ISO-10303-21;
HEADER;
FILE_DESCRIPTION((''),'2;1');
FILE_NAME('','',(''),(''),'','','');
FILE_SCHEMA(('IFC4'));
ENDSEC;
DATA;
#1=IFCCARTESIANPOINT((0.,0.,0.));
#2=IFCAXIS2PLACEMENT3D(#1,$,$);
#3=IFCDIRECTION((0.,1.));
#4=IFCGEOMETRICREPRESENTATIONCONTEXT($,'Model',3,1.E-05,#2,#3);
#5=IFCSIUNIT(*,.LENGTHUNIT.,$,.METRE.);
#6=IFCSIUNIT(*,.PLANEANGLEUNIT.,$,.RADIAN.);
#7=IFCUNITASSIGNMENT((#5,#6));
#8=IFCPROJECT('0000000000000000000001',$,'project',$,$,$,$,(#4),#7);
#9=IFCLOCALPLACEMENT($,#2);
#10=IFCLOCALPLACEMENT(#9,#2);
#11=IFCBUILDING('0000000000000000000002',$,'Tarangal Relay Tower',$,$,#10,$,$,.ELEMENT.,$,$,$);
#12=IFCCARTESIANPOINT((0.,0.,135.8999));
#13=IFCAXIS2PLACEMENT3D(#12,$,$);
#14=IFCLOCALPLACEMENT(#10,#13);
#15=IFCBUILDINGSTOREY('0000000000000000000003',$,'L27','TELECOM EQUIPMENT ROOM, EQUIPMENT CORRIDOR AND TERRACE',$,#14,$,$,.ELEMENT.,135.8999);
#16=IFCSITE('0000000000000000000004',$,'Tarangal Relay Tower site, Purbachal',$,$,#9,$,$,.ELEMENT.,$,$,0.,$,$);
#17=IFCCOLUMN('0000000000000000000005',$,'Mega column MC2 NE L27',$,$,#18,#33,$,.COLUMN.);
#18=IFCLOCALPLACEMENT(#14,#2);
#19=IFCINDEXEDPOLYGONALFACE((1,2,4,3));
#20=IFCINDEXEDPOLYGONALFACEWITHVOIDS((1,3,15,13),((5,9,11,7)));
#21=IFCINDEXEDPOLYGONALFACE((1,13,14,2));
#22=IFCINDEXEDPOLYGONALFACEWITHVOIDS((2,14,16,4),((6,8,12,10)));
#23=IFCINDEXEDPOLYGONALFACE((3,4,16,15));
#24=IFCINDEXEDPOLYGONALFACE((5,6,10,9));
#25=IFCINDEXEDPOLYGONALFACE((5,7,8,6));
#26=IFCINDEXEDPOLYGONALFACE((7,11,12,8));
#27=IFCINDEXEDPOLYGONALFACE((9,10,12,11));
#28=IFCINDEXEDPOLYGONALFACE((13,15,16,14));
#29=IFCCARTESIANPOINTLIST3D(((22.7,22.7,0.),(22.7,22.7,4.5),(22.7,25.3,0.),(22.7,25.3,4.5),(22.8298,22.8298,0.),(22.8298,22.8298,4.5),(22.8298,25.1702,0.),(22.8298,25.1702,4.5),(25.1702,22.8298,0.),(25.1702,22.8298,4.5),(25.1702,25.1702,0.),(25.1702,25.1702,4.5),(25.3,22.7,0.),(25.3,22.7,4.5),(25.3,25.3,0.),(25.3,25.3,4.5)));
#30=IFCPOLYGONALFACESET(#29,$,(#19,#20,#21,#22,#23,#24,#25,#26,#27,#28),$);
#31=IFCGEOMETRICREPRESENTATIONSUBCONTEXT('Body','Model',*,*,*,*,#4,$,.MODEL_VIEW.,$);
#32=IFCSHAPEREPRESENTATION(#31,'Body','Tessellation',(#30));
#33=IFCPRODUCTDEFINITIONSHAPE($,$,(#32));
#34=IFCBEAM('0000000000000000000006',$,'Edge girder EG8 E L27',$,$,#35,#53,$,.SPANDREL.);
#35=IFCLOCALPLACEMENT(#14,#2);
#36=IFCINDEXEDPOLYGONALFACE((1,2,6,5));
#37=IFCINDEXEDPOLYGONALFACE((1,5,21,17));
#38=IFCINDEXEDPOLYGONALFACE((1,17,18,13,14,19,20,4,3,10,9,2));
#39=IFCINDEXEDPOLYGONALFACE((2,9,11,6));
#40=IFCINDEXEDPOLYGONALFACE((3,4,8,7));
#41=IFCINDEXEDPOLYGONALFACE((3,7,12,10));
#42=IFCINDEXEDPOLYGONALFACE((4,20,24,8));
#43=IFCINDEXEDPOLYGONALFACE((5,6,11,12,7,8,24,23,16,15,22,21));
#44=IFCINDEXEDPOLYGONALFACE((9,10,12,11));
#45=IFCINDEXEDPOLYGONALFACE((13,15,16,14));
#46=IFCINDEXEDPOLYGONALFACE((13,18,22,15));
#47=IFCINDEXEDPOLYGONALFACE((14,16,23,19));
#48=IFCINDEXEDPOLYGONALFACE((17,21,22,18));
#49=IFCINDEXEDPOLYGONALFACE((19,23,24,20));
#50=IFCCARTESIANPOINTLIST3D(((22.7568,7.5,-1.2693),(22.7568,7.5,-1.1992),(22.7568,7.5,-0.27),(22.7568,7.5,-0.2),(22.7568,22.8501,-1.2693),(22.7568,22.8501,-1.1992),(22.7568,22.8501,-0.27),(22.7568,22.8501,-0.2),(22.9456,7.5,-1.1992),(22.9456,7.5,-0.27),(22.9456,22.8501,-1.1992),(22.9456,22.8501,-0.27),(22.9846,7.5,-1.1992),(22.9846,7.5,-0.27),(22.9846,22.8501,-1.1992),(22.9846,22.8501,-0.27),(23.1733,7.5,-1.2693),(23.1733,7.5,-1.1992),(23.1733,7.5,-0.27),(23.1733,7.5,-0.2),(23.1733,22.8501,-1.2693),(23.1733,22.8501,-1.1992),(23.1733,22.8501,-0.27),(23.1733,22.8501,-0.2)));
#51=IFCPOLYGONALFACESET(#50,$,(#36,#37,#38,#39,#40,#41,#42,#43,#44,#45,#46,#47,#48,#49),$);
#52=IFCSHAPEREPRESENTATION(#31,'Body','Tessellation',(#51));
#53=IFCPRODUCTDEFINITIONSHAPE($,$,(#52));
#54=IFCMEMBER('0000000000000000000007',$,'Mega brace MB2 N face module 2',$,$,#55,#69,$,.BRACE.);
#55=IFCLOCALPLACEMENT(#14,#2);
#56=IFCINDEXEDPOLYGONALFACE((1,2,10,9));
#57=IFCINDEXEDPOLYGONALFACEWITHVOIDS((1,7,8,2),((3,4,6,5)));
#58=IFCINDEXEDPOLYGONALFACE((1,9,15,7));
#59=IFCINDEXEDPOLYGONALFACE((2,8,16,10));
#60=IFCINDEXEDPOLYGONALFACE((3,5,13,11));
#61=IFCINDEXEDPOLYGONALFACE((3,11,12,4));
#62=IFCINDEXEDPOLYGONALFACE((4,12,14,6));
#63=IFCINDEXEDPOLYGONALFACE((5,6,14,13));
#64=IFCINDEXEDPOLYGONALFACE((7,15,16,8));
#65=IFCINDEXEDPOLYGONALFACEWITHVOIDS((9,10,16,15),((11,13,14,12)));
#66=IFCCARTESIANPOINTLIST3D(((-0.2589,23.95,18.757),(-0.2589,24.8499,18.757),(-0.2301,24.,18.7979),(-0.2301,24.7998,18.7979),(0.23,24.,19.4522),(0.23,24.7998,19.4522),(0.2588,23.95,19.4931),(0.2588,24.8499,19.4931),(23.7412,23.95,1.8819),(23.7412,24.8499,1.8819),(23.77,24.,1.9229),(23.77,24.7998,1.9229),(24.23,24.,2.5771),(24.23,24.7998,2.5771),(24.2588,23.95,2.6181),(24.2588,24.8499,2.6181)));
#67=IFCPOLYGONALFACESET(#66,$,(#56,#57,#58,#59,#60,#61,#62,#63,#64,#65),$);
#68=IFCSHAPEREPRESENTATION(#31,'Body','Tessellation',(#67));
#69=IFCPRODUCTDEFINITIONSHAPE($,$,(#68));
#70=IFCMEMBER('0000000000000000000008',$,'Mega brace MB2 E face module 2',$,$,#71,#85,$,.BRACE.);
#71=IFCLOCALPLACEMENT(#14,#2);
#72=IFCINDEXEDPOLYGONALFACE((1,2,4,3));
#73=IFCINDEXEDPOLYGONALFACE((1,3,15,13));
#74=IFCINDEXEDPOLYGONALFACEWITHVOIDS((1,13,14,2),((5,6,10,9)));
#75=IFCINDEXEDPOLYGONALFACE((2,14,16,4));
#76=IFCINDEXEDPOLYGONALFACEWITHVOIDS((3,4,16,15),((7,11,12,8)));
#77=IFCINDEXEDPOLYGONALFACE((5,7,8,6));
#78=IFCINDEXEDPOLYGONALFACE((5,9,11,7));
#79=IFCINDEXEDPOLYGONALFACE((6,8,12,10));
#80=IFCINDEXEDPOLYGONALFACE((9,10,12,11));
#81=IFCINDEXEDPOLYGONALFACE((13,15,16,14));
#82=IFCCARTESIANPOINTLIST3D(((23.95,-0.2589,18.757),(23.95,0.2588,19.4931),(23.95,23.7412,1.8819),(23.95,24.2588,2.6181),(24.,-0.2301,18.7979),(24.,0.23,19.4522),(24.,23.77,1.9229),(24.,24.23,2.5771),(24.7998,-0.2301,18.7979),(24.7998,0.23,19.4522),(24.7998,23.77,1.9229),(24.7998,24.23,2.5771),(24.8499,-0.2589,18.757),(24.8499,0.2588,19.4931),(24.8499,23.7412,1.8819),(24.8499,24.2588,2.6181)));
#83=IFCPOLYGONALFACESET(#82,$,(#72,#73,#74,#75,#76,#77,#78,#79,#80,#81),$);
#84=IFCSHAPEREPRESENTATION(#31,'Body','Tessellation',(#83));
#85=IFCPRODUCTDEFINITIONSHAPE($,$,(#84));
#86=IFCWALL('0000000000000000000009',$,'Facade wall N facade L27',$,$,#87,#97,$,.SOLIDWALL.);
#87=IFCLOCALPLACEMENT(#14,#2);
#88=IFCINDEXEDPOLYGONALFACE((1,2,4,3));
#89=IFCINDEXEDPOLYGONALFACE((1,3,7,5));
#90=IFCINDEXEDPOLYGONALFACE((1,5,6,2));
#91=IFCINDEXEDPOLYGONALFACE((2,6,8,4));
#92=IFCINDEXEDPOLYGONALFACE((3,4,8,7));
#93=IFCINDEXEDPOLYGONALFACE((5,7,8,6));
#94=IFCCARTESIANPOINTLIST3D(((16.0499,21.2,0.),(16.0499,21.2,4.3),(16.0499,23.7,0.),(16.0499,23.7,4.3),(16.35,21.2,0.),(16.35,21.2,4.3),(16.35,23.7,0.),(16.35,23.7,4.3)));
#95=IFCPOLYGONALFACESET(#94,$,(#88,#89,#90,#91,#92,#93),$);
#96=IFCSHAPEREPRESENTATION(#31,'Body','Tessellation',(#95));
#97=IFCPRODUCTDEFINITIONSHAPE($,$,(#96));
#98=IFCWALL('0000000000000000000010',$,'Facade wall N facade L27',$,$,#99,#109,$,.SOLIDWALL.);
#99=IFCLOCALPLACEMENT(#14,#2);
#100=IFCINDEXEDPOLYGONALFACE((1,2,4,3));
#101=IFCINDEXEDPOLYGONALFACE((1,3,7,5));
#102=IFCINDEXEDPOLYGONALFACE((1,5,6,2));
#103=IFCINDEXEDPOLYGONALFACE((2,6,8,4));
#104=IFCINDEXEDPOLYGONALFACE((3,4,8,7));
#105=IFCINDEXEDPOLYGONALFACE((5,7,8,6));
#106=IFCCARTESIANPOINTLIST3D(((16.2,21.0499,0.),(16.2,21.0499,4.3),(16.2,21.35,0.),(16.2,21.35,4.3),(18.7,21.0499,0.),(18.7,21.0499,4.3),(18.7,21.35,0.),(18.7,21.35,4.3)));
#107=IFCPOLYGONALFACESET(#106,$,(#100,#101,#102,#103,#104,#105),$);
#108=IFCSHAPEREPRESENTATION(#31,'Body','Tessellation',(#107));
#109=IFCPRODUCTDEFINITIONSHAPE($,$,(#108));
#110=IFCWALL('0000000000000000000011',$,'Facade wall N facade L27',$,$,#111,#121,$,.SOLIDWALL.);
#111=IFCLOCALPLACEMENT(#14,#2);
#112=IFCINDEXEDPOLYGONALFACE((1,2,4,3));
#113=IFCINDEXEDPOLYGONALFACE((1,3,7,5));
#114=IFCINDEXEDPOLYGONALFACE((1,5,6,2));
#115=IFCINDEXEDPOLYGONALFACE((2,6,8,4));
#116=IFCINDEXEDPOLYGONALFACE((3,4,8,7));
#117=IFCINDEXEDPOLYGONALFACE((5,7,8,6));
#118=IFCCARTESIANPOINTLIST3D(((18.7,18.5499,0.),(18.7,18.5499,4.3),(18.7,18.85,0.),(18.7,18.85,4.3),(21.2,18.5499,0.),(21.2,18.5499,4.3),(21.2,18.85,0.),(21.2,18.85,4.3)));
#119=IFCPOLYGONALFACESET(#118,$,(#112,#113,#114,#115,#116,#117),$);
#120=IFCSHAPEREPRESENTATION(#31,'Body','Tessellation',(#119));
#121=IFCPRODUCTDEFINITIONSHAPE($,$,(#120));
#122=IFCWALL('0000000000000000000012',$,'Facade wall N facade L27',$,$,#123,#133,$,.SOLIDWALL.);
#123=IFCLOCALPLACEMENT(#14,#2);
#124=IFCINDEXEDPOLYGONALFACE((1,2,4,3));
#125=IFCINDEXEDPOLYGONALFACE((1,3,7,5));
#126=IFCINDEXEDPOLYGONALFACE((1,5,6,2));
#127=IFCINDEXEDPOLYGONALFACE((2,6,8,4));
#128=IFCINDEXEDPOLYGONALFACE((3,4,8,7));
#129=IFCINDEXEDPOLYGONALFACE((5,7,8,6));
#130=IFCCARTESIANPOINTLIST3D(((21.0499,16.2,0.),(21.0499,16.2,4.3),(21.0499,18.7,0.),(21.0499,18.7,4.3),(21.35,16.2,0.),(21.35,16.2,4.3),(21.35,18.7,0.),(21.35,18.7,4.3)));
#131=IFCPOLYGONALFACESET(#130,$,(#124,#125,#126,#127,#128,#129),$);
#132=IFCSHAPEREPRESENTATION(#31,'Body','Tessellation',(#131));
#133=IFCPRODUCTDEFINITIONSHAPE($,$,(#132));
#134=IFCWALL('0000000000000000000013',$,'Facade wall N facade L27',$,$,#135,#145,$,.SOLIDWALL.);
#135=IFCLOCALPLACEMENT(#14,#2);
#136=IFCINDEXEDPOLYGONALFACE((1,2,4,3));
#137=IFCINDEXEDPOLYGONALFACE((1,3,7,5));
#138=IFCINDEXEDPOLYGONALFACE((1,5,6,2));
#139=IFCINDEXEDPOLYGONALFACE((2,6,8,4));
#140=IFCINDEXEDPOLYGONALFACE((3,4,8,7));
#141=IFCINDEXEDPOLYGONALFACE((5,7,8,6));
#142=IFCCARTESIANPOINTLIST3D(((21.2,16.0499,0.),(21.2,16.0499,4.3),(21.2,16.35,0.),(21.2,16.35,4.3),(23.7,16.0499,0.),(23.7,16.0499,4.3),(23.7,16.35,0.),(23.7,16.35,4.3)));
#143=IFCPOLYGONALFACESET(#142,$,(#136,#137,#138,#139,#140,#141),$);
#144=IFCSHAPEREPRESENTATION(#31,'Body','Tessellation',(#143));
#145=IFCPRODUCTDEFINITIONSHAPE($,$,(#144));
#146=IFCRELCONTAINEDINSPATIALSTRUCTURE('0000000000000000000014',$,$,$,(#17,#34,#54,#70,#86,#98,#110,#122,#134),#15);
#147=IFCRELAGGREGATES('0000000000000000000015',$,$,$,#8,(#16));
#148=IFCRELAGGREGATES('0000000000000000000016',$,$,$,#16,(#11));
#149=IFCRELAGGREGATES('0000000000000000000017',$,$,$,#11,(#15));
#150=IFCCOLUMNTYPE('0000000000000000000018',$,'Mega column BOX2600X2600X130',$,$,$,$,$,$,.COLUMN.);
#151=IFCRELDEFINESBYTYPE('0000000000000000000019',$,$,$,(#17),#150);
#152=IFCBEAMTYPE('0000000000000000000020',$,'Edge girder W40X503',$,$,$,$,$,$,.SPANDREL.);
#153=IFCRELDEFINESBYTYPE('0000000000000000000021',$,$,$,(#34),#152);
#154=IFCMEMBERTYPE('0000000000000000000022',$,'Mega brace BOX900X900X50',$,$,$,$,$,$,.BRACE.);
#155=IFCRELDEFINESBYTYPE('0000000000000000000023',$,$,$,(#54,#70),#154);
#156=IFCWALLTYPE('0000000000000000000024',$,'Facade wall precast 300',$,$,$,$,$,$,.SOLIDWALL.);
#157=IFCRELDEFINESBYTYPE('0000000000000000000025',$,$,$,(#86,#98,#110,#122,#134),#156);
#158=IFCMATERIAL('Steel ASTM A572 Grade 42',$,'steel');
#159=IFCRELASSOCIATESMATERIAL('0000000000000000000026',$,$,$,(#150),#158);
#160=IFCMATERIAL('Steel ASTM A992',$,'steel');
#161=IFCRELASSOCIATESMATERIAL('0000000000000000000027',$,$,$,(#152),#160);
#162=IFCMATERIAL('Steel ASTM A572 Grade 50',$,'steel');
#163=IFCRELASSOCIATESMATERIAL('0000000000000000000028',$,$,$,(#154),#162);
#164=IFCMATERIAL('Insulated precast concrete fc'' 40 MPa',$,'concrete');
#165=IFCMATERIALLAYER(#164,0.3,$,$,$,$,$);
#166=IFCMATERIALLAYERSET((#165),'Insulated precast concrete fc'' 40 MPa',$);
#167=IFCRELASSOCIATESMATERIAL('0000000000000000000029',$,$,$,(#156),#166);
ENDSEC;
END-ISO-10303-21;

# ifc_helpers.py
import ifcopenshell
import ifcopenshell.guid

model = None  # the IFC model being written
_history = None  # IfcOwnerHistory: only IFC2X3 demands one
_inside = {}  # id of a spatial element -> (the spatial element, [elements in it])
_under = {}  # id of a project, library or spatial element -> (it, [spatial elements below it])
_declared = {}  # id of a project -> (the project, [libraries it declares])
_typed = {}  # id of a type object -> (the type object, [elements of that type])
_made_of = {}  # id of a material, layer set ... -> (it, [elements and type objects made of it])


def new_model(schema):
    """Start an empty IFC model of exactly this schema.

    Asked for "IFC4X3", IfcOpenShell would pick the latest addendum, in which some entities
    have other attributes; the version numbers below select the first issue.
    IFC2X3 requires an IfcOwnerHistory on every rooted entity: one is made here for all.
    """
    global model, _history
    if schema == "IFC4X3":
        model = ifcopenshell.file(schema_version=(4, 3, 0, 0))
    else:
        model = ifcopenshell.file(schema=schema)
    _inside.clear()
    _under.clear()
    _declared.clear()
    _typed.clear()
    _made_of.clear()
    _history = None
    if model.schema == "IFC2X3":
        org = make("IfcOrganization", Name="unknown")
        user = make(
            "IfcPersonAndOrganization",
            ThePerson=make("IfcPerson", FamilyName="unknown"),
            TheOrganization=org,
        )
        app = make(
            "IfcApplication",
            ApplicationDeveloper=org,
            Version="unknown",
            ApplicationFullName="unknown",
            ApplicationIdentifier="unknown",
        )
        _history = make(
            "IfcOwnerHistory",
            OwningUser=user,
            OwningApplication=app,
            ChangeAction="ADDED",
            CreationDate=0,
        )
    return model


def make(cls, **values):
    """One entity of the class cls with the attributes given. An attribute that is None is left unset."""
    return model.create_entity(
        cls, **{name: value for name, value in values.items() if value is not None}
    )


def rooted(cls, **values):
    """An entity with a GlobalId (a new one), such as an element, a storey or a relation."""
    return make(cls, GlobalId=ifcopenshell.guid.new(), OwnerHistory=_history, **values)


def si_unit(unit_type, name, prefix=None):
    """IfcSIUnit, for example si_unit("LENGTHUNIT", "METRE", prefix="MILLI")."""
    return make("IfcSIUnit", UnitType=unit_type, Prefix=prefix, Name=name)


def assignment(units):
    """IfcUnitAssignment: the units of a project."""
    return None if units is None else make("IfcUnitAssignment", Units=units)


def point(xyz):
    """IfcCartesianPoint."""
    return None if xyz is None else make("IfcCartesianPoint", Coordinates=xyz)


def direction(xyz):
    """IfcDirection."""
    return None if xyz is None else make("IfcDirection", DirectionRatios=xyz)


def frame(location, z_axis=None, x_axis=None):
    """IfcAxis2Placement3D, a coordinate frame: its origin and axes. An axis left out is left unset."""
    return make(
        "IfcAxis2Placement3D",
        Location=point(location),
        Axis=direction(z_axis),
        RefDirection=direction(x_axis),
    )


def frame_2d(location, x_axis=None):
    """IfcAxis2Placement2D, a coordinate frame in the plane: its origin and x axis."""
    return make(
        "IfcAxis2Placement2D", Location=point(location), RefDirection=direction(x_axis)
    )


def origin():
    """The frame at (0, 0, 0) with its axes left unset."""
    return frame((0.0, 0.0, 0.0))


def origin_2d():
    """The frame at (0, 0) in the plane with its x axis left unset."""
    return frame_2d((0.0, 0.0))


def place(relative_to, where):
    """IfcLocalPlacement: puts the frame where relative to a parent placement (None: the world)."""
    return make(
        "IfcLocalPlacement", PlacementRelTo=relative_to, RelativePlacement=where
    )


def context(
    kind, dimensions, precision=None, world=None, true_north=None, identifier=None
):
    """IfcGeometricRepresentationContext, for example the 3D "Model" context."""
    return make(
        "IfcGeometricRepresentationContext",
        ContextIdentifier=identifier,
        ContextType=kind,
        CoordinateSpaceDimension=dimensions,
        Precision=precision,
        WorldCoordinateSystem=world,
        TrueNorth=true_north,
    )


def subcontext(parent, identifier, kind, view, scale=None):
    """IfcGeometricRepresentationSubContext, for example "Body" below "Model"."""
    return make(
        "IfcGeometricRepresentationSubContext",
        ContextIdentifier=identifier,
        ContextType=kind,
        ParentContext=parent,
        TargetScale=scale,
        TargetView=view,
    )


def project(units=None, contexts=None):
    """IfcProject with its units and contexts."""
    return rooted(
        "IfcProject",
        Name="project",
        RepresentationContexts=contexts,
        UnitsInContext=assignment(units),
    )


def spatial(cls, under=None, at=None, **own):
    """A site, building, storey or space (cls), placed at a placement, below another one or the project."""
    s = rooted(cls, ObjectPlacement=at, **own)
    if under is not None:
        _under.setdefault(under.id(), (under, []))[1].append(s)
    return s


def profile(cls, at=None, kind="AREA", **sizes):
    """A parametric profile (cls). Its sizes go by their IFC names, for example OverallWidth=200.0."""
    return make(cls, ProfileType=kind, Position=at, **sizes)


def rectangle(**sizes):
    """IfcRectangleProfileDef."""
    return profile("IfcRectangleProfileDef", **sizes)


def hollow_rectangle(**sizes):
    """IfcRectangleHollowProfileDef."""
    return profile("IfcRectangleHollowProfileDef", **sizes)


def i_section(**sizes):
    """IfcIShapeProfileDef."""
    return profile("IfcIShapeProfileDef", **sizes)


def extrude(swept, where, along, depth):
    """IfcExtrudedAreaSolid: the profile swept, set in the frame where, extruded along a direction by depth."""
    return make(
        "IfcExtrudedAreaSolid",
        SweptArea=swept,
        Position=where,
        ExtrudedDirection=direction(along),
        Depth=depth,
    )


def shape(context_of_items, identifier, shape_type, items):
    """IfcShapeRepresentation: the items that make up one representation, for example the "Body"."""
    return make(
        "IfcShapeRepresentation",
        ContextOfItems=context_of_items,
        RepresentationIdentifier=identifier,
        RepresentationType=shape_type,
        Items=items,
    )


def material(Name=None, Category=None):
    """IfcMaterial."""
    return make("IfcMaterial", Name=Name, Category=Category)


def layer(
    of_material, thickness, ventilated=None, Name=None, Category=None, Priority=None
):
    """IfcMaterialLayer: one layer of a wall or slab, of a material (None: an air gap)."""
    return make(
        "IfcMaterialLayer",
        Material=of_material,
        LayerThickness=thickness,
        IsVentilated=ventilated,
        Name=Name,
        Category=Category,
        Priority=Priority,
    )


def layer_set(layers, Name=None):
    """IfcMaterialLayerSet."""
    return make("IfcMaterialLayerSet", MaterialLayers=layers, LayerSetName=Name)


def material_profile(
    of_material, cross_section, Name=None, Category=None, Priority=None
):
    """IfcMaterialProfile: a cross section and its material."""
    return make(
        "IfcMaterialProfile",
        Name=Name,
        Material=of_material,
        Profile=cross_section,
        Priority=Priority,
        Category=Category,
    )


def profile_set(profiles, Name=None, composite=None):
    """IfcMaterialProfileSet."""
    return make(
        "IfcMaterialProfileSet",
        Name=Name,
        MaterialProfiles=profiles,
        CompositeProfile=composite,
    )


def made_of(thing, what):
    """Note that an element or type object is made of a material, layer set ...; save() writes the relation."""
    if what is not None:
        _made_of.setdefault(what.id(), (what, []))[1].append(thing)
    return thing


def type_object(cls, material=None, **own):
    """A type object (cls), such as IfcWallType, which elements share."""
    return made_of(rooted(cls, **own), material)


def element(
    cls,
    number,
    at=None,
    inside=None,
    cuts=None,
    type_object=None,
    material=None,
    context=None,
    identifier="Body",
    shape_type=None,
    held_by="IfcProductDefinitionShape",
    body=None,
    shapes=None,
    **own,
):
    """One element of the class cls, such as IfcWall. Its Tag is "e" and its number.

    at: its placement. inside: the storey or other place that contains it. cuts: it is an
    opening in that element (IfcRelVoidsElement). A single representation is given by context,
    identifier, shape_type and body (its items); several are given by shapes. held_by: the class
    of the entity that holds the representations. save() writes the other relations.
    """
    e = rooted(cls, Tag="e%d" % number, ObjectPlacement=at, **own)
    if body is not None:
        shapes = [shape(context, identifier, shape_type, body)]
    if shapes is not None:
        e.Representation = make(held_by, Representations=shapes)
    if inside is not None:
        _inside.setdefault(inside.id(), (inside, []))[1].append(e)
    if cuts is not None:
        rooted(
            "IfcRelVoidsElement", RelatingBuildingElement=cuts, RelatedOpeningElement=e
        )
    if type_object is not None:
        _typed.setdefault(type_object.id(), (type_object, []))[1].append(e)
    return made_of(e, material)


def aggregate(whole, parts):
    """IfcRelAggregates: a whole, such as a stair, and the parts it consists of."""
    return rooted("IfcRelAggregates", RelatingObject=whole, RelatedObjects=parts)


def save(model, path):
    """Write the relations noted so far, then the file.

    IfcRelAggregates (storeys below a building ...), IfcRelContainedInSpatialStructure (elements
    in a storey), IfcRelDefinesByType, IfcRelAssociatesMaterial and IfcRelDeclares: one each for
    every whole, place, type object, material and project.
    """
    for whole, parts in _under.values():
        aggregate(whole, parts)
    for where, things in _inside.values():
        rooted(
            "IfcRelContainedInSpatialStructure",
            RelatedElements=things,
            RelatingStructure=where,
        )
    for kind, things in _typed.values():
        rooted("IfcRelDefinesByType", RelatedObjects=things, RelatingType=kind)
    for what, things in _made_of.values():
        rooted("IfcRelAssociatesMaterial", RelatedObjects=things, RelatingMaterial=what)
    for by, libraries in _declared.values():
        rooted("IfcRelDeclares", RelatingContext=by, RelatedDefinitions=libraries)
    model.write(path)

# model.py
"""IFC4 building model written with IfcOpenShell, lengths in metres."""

from ifc_helpers import new_model, si_unit, direction, frame, frame_2d, origin, origin_2d, place, context, subcontext, project, spatial, rectangle, hollow_rectangle, i_section, extrude, material, layer, layer_set, material_profile, profile_set, type_object, element, save


model = new_model("IFC4")

# Units and contexts
model_context = context("Model", 3, precision=1e-05, world=origin(), true_north=direction((0.0, 1.0)))
body_context = subcontext(model_context, "Body", "Model", "MODEL_VIEW")
ifc_project = project(units=[si_unit("LENGTHUNIT", "METRE"), si_unit("PLANEANGLEUNIT", "RADIAN")], contexts=[model_context])

# Site, building, storey
site_placement = place(None, origin())
site = spatial("IfcSite", under=ifc_project, at=site_placement, Name="Tarangal Relay Tower site, Purbachal", CompositionType="ELEMENT", RefElevation=0.0)
building_placement = place(site_placement, origin())
building = spatial("IfcBuilding", under=site, at=building_placement, Name="Tarangal Relay Tower", CompositionType="ELEMENT")
storey_placement = place(building_placement, frame((0.0, 0.0, 135.8999)))
storey = spatial("IfcBuildingStorey", under=building, at=storey_placement, Name="L27", Description="TELECOM EQUIPMENT ROOM, EQUIPMENT CORRIDOR AND TERRACE", CompositionType="ELEMENT", Elevation=135.8999)

# Column
ifc_material_1 = material(Name="Steel ASTM A572 Grade 42", Category="steel")
ifc_material_profile_1 = material_profile(ifc_material_1, hollow_rectangle(XDim=2.6001, YDim=2.6001, WallThickness=0.1299, at=origin_2d()), Name="BOX2600X2600X130")
ifc_profile_set_1 = profile_set([ifc_material_profile_1], Name="Steel ASTM A572 Grade 42")
column_type = type_object("IfcColumnType", Name="Mega column BOX2600X2600X130", PredefinedType="COLUMN", material=ifc_profile_set_1)
column_placement = place(storey_placement, frame((24.0, 24.0, 0.0), z_axis=(0.0, 0.0, 1.0), x_axis=(1.0, 0.0, 0.0)))
element("IfcColumn", 1, at=column_placement, inside=storey, type_object=column_type, Name="Mega column MC2 NE L27", PredefinedType="COLUMN", context=body_context, shape_type="SweptSolid", body=[
    extrude(hollow_rectangle(XDim=2.6001, YDim=2.6001, WallThickness=0.1299, at=origin_2d()), origin(), (0.0, 0.0, 1.0), 4.5),
])

# Beam
ifc_material_2 = material(Name="Steel ASTM A992", Category="steel")
ifc_material_profile_2 = material_profile(ifc_material_2, i_section(OverallWidth=0.4165, OverallDepth=1.0693, WebThickness=0.0391, FlangeThickness=0.0701, at=origin_2d()), Name="W40X503")
ifc_profile_set_2 = profile_set([ifc_material_profile_2], Name="Steel ASTM A992")
beam_type = type_object("IfcBeamType", Name="Edge girder W40X503", PredefinedType="SPANDREL", material=ifc_profile_set_2)
beam_placement = place(storey_placement, frame((22.9651, 22.8501, -0.7346), z_axis=(0.0, -1.0, 0.0), x_axis=(1.0, 0.0, 0.0)))
element("IfcBeam", 2, at=beam_placement, inside=storey, type_object=beam_type, Name="Edge girder EG8 E L27", PredefinedType="SPANDREL", context=body_context, shape_type="SweptSolid", body=[
    extrude(i_section(OverallWidth=0.4165, OverallDepth=1.0693, WebThickness=0.0391, FlangeThickness=0.0701, at=origin_2d()), origin(), (0.0, 0.0, 1.0), 15.3501),
])

# Members
ifc_material_3 = material(Name="Steel ASTM A572 Grade 50", Category="steel")
ifc_material_profile_3 = material_profile(ifc_material_3, hollow_rectangle(XDim=0.8999, YDim=0.8999, WallThickness=0.05, at=origin_2d()), Name="BOX900X900X50")
ifc_profile_set_3 = profile_set([ifc_material_profile_3], Name="Steel ASTM A572 Grade 50")
member_type = type_object("IfcMemberType", Name="Mega brace BOX900X900X50", PredefinedType="BRACE", material=ifc_profile_set_3)
for number, where, z_axis, x_axis, name in (
    (3, (24.0, 24.3999, 2.25), (-0.818029, 0.0, 0.575177), (0.0, -1.0, 0.0), "Mega brace MB2 N face module 2"),
    (4, (24.3999, 24.0, 2.25), (0.0, -0.818029, 0.575177), (1.0, 0.0, 0.0), "Mega brace MB2 E face module 2"),
):
    element("IfcMember", number, at=place(storey_placement, frame(where, z_axis=z_axis, x_axis=x_axis)), inside=storey, type_object=member_type, Name=name, PredefinedType="BRACE", context=body_context, shape_type="SweptSolid", body=[
        extrude(hollow_rectangle(XDim=0.8999, YDim=0.8999, WallThickness=0.05, at=origin_2d()), origin(), (0.0, 0.0, 1.0), 29.3389),
    ])

# Walls
ifc_material_4 = material(Name="Insulated precast concrete fc' 40 MPa", Category="concrete")
ifc_layer_1 = layer(ifc_material_4, 0.3)
ifc_layer_set_1 = layer_set([ifc_layer_1], Name="Insulated precast concrete fc' 40 MPa")
wall_type_1 = type_object("IfcWallType", Name="Facade wall precast 300", PredefinedType="SOLIDWALL", material=ifc_layer_set_1)
for number, where, z_axis, x_axis, name in (
    (5, (16.2, 23.7, 0.0), (0.0, 0.0, 1.0), (0.0, -1.0, 0.0), "Facade wall N facade L27"),
    (6, (16.2, 21.2, 0.0), (0.0, 0.0, 1.0), (1.0, 0.0, 0.0), "Facade wall N facade L27"),
):
    element("IfcWall", number, at=place(storey_placement, frame(where, z_axis=z_axis, x_axis=x_axis)), inside=storey, type_object=wall_type_1, Name=name, PredefinedType="SOLIDWALL", context=body_context, shape_type="SweptSolid", body=[
        extrude(rectangle(XDim=2.5, YDim=0.3, at=frame_2d((1.25, 0.0))), origin(), (0.0, 0.0, 1.0), 4.3),
    ])

# Walls
for number, where, z_axis, x_axis, name in (
    (7, (18.7, 18.7, 0.0), (0.0, 0.0, 1.0), (1.0, 0.0, 0.0), "Facade wall N facade L27"),
    (8, (21.2, 18.7, 0.0), (0.0, 0.0, 1.0), (0.0, -1.0, 0.0), "Facade wall N facade L27"),
    (9, (21.2, 16.2, 0.0), (0.0, 0.0, 1.0), (1.0, 0.0, 0.0), "Facade wall N facade L27"),
):
    element("IfcWall", number, at=place(storey_placement, frame(where, z_axis=z_axis, x_axis=x_axis)), inside=storey, type_object=wall_type_1, Name=name, PredefinedType="SOLIDWALL", context=body_context, shape_type="SweptSolid", body=[
        extrude(rectangle(XDim=2.5, YDim=0.3, at=frame_2d((1.25, 0.0))), origin(), (0.0, 0.0, 1.0), 4.3),
    ])

save(model, "model.ifc")
